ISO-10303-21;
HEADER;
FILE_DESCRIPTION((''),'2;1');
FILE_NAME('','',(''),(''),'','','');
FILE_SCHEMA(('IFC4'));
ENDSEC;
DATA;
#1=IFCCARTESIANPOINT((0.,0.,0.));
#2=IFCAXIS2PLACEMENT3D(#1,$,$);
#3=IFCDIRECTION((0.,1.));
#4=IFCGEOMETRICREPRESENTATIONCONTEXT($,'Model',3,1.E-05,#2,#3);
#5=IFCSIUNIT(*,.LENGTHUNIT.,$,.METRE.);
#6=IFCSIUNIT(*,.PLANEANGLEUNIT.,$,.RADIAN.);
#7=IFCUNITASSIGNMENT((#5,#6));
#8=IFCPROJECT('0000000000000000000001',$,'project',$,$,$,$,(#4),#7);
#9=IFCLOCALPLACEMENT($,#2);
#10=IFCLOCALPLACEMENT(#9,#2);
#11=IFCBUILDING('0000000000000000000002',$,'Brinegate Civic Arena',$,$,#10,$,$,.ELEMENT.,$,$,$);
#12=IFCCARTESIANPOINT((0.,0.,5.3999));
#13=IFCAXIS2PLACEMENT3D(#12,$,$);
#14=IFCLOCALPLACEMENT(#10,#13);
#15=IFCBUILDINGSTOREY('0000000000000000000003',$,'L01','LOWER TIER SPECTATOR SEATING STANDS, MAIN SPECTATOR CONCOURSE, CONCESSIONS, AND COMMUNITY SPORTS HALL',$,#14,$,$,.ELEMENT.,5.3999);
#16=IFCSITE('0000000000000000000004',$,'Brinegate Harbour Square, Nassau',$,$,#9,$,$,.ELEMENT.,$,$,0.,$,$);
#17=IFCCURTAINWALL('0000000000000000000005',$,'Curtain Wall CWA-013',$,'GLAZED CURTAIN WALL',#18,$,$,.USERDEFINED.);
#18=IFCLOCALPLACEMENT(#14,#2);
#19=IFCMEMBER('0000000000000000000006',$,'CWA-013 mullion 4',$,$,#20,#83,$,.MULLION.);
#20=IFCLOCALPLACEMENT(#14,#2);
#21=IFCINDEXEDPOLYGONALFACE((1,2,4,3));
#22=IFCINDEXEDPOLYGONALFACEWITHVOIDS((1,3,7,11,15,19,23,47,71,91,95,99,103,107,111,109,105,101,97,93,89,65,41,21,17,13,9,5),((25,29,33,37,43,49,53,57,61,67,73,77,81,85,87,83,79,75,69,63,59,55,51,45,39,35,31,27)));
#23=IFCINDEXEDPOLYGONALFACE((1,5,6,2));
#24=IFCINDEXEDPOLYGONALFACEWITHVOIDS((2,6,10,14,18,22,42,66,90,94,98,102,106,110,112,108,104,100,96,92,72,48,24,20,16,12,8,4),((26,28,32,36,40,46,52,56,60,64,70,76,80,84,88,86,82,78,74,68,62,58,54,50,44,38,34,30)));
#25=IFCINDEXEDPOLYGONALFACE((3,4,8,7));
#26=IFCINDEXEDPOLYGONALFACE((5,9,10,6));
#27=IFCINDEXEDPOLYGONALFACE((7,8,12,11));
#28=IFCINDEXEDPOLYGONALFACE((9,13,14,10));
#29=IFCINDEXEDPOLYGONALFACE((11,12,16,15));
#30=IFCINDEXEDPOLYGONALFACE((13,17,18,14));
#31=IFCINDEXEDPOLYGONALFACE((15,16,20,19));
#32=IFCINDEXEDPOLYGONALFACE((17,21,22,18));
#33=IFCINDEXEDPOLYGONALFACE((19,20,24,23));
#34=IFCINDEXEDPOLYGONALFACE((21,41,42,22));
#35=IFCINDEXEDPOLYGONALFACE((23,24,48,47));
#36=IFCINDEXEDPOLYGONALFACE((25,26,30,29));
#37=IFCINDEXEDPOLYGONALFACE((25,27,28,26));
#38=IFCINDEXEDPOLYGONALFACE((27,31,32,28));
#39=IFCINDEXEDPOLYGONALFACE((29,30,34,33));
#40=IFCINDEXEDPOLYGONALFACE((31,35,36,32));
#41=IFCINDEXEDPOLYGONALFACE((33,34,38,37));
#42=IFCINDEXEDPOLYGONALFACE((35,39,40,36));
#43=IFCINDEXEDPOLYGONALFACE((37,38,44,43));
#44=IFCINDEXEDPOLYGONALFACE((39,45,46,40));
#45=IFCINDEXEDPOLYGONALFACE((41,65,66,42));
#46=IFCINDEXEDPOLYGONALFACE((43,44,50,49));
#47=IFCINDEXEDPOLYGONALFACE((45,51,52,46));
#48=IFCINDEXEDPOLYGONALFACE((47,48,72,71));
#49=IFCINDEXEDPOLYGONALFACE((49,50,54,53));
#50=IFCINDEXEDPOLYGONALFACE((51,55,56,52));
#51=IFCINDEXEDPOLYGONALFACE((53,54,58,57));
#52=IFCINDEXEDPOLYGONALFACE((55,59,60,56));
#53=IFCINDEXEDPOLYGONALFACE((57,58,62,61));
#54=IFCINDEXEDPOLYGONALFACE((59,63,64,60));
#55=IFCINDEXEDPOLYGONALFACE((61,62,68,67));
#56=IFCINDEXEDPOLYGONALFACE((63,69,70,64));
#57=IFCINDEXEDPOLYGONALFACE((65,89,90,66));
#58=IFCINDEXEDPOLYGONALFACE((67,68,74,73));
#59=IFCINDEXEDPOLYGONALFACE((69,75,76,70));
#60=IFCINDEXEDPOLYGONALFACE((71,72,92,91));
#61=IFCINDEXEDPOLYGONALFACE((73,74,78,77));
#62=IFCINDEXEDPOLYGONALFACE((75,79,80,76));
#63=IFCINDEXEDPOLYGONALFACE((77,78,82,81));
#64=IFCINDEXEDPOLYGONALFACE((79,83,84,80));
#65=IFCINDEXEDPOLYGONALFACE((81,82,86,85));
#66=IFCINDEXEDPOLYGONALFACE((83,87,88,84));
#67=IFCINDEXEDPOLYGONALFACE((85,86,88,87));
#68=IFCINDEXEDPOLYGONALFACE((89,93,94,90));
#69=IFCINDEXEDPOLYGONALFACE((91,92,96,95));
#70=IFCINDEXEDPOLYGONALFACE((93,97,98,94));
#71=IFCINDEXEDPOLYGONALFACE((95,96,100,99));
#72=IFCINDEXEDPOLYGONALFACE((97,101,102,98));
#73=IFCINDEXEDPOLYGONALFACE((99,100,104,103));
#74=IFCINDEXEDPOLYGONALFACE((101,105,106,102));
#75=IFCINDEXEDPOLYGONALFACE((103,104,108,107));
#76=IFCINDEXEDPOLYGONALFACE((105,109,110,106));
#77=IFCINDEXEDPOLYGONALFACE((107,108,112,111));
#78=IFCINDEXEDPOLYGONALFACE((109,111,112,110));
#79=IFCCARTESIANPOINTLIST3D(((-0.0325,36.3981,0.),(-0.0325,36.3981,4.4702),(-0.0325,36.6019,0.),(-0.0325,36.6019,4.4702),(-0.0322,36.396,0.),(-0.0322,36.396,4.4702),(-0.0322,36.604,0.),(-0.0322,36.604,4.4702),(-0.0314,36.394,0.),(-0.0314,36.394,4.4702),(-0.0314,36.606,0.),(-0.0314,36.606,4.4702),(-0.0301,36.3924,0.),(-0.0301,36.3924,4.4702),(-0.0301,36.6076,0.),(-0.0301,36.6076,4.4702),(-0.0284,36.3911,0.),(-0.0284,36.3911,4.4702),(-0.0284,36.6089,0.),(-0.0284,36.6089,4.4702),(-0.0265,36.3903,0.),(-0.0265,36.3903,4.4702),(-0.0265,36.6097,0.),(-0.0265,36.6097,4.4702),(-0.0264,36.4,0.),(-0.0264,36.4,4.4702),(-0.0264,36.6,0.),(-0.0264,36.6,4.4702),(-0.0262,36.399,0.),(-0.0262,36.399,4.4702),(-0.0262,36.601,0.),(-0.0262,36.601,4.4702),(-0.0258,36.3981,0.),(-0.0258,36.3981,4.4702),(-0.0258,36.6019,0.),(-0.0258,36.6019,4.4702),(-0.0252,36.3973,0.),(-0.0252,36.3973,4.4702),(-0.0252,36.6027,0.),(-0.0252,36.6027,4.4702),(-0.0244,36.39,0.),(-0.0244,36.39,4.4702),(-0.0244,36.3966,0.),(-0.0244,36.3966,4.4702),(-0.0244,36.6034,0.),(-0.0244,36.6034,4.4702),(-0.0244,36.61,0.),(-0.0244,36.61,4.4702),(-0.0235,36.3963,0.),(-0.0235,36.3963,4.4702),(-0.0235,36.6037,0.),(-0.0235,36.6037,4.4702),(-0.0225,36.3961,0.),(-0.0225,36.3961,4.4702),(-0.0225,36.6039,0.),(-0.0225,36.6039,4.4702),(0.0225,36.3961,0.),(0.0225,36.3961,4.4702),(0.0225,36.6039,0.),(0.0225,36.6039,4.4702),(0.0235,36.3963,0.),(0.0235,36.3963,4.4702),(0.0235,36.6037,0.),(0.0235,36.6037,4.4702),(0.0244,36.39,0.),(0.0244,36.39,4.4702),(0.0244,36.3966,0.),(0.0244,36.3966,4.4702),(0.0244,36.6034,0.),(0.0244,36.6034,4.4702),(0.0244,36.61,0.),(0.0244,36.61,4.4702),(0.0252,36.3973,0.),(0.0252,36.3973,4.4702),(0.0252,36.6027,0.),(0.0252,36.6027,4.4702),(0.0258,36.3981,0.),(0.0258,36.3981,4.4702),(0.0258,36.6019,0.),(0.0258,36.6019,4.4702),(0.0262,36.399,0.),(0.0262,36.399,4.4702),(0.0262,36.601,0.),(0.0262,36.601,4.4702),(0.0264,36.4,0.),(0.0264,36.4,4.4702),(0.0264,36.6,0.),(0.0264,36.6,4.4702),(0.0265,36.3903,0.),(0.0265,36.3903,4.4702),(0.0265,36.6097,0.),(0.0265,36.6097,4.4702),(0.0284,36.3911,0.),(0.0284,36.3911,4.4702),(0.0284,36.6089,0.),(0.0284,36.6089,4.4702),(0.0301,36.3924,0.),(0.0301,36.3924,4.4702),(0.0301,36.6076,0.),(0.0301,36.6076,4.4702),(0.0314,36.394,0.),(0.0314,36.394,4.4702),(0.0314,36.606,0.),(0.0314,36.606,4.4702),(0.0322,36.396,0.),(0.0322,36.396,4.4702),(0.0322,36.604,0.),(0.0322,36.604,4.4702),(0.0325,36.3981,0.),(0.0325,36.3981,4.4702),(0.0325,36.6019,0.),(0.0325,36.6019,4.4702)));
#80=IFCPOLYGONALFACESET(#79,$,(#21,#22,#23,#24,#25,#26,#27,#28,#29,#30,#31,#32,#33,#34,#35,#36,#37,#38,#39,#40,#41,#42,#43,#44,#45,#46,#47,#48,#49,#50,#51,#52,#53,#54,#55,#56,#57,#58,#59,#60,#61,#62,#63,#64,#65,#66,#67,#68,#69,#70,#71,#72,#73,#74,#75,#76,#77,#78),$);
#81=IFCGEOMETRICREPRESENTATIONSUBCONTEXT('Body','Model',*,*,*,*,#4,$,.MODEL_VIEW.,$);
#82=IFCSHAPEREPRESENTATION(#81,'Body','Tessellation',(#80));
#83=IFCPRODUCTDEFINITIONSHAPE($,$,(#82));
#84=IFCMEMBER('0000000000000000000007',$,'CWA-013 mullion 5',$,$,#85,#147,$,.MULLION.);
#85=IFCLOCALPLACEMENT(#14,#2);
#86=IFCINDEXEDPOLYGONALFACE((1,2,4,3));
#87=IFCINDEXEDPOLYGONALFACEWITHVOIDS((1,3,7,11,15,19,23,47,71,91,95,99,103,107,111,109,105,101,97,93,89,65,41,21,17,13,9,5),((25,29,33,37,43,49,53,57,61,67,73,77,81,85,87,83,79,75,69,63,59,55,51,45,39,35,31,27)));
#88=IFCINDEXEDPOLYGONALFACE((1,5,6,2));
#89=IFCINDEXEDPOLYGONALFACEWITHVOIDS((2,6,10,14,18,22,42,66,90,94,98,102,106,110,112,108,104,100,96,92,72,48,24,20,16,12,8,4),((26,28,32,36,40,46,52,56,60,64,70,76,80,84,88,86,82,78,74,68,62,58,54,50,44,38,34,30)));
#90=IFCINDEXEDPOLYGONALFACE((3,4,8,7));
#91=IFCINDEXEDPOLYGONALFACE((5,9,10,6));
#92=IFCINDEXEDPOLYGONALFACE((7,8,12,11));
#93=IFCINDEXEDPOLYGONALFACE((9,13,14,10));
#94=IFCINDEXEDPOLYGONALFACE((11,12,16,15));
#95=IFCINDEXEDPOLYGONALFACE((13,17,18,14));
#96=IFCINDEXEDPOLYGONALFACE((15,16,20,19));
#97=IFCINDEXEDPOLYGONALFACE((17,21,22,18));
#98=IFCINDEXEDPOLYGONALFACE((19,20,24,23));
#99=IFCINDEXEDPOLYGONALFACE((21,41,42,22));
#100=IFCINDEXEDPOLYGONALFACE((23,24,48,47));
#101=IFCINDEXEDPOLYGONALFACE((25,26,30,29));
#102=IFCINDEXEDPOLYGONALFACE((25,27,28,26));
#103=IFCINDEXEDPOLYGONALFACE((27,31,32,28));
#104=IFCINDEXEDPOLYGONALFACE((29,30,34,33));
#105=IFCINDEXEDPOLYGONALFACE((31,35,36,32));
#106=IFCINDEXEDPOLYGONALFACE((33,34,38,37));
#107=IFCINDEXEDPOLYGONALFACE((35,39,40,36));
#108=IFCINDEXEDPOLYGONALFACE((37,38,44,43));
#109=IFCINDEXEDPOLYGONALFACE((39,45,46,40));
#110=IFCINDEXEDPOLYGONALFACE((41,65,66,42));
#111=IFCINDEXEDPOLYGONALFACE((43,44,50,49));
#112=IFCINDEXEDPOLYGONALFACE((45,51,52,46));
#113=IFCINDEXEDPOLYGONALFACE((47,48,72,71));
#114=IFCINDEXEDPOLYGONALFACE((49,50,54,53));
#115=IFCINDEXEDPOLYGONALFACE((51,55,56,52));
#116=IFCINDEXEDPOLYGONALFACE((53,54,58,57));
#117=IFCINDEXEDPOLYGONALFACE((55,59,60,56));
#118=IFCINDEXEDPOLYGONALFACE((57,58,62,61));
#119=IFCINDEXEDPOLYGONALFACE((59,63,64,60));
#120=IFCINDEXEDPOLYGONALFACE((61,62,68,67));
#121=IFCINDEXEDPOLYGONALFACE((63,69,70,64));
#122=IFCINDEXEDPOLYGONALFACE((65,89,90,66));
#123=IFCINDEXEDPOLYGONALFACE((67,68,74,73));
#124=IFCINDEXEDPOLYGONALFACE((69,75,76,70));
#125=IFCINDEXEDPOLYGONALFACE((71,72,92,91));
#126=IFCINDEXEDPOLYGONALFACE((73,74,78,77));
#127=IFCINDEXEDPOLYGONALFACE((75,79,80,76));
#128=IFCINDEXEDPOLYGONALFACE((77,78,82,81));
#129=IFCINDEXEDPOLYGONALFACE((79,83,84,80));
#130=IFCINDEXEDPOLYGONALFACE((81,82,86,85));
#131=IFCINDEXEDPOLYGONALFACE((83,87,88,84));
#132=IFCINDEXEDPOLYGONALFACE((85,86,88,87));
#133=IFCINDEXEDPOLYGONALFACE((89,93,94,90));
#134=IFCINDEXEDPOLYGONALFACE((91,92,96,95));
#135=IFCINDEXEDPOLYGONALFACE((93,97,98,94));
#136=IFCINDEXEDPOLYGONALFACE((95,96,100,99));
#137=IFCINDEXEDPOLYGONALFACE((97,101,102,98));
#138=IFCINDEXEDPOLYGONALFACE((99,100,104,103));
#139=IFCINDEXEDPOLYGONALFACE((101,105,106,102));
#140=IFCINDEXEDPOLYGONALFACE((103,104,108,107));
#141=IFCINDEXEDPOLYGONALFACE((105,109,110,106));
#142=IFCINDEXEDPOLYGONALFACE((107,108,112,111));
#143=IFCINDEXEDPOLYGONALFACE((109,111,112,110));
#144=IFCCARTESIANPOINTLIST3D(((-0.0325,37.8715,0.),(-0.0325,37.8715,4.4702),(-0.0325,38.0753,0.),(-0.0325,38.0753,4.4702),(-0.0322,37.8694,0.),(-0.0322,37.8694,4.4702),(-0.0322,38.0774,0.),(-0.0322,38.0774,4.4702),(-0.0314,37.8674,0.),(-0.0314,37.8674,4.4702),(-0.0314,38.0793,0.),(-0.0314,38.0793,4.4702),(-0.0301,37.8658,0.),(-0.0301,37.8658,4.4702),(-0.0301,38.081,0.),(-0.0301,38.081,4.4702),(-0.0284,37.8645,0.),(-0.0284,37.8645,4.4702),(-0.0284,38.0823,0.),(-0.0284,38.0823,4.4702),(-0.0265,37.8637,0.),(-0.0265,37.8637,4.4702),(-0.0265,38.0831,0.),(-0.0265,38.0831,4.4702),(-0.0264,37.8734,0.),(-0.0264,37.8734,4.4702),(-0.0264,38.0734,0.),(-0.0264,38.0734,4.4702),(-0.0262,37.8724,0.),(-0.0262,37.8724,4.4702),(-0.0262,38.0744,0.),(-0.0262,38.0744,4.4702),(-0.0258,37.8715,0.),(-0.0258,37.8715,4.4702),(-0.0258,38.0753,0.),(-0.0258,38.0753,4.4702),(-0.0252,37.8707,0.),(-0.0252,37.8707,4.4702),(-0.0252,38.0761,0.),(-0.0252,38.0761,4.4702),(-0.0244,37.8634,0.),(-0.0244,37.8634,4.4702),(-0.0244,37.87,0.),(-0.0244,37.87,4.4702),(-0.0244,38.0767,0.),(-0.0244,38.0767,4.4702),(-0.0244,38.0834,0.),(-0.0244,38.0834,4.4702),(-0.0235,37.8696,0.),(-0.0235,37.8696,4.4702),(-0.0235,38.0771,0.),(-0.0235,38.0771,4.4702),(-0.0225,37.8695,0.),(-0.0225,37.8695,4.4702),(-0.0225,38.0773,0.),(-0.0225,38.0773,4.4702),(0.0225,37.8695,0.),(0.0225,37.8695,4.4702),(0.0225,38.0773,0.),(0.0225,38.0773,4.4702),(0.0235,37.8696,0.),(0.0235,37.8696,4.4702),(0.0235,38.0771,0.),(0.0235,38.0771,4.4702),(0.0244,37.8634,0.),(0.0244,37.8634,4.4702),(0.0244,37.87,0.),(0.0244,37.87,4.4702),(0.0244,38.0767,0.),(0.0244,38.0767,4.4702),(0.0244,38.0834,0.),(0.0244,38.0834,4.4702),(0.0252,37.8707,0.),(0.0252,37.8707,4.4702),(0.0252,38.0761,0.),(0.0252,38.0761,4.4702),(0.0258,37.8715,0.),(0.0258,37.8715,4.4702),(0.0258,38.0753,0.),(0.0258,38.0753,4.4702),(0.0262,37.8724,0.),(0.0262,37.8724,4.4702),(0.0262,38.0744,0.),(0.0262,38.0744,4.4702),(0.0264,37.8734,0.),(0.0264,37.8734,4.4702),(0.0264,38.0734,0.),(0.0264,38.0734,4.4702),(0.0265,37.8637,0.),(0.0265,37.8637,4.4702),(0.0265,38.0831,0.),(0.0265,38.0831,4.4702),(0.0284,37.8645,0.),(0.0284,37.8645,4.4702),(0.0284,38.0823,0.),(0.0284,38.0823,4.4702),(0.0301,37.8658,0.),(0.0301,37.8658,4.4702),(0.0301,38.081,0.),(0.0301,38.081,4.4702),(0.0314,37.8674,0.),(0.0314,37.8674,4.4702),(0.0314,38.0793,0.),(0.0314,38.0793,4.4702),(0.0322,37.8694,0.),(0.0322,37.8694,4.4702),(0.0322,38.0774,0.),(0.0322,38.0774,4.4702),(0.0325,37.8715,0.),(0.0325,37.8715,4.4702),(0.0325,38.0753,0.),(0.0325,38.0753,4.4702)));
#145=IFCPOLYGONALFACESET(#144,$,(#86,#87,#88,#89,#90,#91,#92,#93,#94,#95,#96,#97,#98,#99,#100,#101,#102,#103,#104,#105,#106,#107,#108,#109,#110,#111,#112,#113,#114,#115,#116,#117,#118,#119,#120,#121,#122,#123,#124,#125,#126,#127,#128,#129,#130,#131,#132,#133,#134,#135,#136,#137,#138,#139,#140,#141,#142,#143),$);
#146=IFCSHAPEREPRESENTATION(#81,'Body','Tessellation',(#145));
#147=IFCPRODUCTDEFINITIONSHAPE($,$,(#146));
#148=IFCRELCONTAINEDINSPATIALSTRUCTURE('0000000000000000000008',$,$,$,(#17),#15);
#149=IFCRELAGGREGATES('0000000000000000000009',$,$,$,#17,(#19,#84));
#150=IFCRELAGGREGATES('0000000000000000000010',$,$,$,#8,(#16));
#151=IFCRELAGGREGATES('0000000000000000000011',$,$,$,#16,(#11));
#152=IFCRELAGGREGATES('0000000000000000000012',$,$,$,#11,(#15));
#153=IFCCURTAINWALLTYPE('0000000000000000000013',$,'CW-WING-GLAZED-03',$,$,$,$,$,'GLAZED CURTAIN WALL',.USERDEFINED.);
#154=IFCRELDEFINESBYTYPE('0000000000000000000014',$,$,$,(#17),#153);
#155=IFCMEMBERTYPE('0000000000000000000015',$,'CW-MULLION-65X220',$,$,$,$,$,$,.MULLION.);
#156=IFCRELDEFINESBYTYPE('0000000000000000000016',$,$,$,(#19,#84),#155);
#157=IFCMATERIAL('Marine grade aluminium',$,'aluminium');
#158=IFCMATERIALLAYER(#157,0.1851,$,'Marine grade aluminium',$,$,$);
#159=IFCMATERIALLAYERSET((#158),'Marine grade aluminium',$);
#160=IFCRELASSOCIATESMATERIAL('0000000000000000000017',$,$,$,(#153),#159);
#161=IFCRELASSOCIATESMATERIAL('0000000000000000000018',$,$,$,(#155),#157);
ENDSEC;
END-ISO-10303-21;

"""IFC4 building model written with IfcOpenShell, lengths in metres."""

from ifc_helpers import new_model, si_unit, direction, frame, origin, origin_2d, place, context, subcontext, project, spatial, hollow_rectangle, extrude, material, layer, layer_set, material_profile, profile_set, type_object, element, aggregate, save


model = new_model("IFC4")

# Units and contexts
model_context = context("Model", 3, precision=1e-05, world=origin(), true_north=direction((0.0, 1.0)))
body_context = subcontext(model_context, "Body", "Model", "MODEL_VIEW")
ifc_project = project(units=[si_unit("LENGTHUNIT", "METRE"), si_unit("PLANEANGLEUNIT", "RADIAN")], contexts=[model_context])

# Site, building, storey
site_placement = place(None, origin())
site = spatial("IfcSite", under=ifc_project, at=site_placement, Name="Brinegate Harbour Square, Nassau", CompositionType="ELEMENT", RefElevation=0.0)
building_placement = place(site_placement, origin())
building = spatial("IfcBuilding", under=site, at=building_placement, Name="Brinegate Civic Arena", CompositionType="ELEMENT")
storey_placement = place(building_placement, frame((0.0, 0.0, 5.3999)))
storey = spatial("IfcBuildingStorey", under=building, at=storey_placement, Name="L01", Description="LOWER TIER SPECTATOR SEATING STANDS, MAIN SPECTATOR CONCOURSE, CONCESSIONS, AND COMMUNITY SPORTS HALL", CompositionType="ELEMENT", Elevation=5.3999)

# Curtain wall, members
ifc_material_1 = material(Name="Marine grade aluminium", Category="aluminium")
ifc_layer_1 = layer(ifc_material_1, 0.1851, Name="Marine grade aluminium")
ifc_layer_set_1 = layer_set([ifc_layer_1], Name="Marine grade aluminium")
curtain_wall_type = type_object("IfcCurtainWallType", Name="CW-WING-GLAZED-03", ElementType="GLAZED CURTAIN WALL", PredefinedType="USERDEFINED", material=ifc_layer_set_1)
curtain_wall_placement = place(storey_placement, origin())
curtain_wall = element("IfcCurtainWall", 1, at=curtain_wall_placement, inside=storey, type_object=curtain_wall_type, Name="Curtain Wall CWA-013", ObjectType="GLAZED CURTAIN WALL", PredefinedType="USERDEFINED")
ifc_material_profile_1 = material_profile(ifc_material_1, hollow_rectangle(XDim=0.0649, YDim=0.22, WallThickness=0.0061, InnerFilletRadius=0.0039, OuterFilletRadius=0.0081, at=origin_2d()), Name="MUL65X220")
ifc_profile_set_1 = profile_set([ifc_material_profile_1], Name="Marine grade aluminium")
member_type_1 = type_object("IfcMemberType", Name="CW-MULLION-65X220", PredefinedType="MULLION", material=ifc_profile_set_1)
member_1_placement = place(storey_placement, frame((0.0, 36.5, 0.0), z_axis=(0.0, 0.0, 1.0), x_axis=(-1.0, 0.0, 0.0)))
member_1 = element("IfcMember", 2, at=member_1_placement, type_object=member_type_1, Name="CWA-013 mullion 4", PredefinedType="MULLION", context=body_context, shape_type="SweptSolid", body=[
    extrude(hollow_rectangle(XDim=0.0649, YDim=0.22, WallThickness=0.0061, InnerFilletRadius=0.0039, OuterFilletRadius=0.0081, at=origin_2d()), origin(), (0.0, 0.0, 1.0), 4.4702),
])
member_2_placement = place(storey_placement, frame((0.0, 37.9734, 0.0), z_axis=(0.0, 0.0, 1.0), x_axis=(-1.0, 0.0, 0.0)))
member_2 = element("IfcMember", 3, at=member_2_placement, type_object=member_type_1, Name="CWA-013 mullion 5", PredefinedType="MULLION", context=body_context, shape_type="SweptSolid", body=[
    extrude(hollow_rectangle(XDim=0.0649, YDim=0.22, WallThickness=0.0061, InnerFilletRadius=0.0039, OuterFilletRadius=0.0081, at=origin_2d()), origin(), (0.0, 0.0, 1.0), 4.4702),
])
aggregate(curtain_wall, [member_1, member_2])

save(model, "model.ifc")
